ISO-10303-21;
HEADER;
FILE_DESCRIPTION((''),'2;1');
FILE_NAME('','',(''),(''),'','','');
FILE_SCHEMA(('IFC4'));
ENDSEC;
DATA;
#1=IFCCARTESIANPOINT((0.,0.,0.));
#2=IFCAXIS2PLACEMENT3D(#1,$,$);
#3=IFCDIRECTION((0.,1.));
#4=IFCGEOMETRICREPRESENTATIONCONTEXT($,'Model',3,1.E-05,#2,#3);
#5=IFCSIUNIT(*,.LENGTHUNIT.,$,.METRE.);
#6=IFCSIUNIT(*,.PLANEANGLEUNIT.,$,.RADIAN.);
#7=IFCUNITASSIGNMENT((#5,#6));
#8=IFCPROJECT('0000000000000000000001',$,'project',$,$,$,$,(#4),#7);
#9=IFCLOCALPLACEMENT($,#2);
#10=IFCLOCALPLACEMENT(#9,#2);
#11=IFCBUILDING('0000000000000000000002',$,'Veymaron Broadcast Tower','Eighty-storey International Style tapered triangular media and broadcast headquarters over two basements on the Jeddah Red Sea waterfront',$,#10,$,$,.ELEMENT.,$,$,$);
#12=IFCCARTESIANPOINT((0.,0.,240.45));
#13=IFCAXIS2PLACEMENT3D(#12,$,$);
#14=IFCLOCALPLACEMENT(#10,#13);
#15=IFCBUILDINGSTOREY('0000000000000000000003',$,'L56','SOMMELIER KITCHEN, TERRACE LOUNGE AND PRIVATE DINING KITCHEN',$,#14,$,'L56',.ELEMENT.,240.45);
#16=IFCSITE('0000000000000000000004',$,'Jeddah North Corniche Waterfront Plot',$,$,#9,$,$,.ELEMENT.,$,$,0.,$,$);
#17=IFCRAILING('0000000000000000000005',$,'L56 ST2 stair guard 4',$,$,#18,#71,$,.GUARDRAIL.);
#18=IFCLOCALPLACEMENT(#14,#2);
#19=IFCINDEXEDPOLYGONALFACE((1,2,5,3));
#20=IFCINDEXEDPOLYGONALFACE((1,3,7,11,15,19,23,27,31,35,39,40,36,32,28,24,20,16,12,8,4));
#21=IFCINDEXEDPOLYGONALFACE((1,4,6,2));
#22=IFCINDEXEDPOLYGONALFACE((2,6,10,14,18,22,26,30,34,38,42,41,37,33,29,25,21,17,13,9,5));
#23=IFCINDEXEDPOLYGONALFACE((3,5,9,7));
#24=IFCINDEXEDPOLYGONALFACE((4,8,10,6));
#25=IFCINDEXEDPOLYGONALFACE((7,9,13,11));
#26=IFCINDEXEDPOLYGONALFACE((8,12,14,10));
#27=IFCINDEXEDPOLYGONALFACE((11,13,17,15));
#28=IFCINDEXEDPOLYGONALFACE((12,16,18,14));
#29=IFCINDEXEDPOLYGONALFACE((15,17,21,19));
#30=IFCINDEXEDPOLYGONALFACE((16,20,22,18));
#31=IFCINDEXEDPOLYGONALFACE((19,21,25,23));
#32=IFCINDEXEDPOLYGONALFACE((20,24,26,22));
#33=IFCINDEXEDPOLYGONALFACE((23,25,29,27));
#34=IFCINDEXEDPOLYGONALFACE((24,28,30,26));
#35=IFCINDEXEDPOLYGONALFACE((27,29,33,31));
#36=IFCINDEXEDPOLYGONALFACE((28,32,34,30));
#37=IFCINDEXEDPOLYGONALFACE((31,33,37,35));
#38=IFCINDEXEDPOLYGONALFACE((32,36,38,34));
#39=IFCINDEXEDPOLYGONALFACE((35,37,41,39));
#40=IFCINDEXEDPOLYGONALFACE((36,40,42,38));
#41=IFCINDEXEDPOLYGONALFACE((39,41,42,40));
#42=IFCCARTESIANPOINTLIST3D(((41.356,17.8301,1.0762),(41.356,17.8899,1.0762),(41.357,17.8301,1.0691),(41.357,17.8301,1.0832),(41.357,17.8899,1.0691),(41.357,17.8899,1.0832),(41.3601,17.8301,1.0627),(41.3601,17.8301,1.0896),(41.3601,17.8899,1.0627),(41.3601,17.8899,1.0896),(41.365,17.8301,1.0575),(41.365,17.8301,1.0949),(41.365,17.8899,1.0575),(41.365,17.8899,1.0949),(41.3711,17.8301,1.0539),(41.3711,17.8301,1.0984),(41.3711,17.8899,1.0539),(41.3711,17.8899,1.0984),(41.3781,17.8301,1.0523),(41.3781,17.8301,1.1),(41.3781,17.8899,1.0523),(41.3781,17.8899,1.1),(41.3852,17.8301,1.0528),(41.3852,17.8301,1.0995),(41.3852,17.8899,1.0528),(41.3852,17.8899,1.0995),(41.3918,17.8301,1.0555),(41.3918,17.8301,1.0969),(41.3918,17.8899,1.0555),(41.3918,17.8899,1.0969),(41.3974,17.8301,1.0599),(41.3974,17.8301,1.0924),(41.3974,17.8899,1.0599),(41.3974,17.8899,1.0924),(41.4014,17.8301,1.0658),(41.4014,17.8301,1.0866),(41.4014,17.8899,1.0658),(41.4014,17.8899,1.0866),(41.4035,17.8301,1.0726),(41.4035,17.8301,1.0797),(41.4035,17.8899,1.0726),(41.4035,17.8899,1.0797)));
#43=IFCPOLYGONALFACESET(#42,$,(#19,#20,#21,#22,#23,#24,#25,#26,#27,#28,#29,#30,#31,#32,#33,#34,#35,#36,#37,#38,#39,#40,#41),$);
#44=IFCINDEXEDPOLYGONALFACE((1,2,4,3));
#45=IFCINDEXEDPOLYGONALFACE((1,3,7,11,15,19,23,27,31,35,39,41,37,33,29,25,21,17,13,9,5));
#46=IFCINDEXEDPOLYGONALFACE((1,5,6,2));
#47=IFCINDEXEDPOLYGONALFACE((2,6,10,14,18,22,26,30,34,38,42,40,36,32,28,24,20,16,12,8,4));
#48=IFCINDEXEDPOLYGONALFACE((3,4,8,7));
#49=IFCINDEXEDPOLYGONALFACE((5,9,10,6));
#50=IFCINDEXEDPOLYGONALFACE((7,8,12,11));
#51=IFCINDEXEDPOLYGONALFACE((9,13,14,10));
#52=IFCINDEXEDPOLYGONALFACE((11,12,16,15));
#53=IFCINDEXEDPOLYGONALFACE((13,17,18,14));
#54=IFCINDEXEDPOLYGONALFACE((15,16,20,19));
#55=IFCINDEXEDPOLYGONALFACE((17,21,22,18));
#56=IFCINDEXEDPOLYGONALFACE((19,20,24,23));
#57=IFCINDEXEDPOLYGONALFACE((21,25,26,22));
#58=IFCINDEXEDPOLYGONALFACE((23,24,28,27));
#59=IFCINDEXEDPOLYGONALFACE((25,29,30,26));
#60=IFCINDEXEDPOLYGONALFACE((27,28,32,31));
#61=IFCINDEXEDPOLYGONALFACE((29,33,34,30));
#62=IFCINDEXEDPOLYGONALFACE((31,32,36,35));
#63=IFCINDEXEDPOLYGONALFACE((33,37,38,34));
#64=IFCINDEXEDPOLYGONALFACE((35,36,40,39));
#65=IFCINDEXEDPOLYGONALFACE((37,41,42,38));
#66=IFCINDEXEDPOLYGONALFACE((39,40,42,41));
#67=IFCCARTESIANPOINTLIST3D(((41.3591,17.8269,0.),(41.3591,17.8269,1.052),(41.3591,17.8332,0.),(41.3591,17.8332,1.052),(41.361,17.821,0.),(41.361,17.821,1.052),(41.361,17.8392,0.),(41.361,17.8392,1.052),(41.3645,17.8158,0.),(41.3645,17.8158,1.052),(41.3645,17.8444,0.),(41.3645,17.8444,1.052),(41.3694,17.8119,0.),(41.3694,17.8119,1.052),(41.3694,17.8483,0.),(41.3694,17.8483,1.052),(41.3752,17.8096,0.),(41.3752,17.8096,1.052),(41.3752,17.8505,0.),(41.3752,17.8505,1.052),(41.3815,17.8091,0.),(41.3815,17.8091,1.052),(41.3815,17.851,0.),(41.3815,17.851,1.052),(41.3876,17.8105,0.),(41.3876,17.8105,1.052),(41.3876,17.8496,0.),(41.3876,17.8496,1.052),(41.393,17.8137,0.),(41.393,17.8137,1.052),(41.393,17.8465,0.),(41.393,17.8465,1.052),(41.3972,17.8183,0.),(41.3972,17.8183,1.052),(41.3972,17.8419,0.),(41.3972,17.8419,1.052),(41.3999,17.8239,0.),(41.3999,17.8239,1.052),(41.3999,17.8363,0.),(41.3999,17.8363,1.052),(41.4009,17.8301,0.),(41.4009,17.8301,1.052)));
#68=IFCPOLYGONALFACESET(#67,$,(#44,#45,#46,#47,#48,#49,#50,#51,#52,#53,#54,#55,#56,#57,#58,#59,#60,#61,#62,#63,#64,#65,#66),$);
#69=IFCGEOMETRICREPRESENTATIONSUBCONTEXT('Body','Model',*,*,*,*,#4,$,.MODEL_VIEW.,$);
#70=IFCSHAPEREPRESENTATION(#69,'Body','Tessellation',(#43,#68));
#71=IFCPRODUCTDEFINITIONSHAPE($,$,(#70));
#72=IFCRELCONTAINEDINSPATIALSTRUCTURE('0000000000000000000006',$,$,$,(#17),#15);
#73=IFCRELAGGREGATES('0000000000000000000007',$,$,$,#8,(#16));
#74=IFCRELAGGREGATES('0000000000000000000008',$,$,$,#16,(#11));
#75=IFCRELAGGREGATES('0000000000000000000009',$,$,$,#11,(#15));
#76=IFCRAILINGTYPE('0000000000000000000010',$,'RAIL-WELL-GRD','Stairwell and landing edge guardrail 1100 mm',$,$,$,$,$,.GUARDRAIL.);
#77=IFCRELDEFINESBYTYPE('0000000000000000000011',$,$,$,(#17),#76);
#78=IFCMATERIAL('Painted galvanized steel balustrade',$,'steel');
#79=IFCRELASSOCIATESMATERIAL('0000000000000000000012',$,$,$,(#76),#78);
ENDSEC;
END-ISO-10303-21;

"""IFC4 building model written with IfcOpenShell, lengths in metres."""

from ifc_helpers import new_model, si_unit, direction, frame, origin, origin_2d, place, context, subcontext, project, spatial, circle, extrude, material, type_object, element, save


model = new_model("IFC4")

# Units and contexts
model_context = context("Model", 3, precision=1e-05, world=origin(), true_north=direction((0.0, 1.0)))
body_context = subcontext(model_context, "Body", "Model", "MODEL_VIEW")
ifc_project = project(units=[si_unit("LENGTHUNIT", "METRE"), si_unit("PLANEANGLEUNIT", "RADIAN")], contexts=[model_context])

# Site, building, storey
site_placement = place(None, origin())
site = spatial("IfcSite", under=ifc_project, at=site_placement, Name="Jeddah North Corniche Waterfront Plot", CompositionType="ELEMENT", RefElevation=0.0)
building_placement = place(site_placement, origin())
building = spatial("IfcBuilding", under=site, at=building_placement, Name="Veymaron Broadcast Tower", Description="Eighty-storey International Style tapered triangular media and broadcast headquarters over two basements on the Jeddah Red Sea waterfront", CompositionType="ELEMENT")
storey_placement = place(building_placement, frame((0.0, 0.0, 240.45)))
storey = spatial("IfcBuildingStorey", under=building, at=storey_placement, Name="L56", Description="SOMMELIER KITCHEN, TERRACE LOUNGE AND PRIVATE DINING KITCHEN", LongName="L56", CompositionType="ELEMENT", Elevation=240.45)

# Railing
ifc_material_1 = material(Name="Painted galvanized steel balustrade", Category="steel")
railing_type_1 = type_object("IfcRailingType", Name="RAIL-WELL-GRD", Description="Stairwell and landing edge guardrail 1100 mm", PredefinedType="GUARDRAIL", material=ifc_material_1)
railing_1_placement = place(storey_placement, frame((41.3799, 17.8301, 0.0)))
element("IfcRailing", 1, at=railing_1_placement, inside=storey, type_object=railing_type_1, Name="L56 ST2 stair guard 4", PredefinedType="GUARDRAIL", context=body_context, shape_type="SweptSolid", body=[
    extrude(circle(Radius=0.0239, at=origin_2d()), frame((0.0, 0.0, 1.0762), z_axis=(0.0, 1.0, 0.0), x_axis=(-1.0, 0.0, 0.0)), (0.0, 0.0, 1.0), 0.0598),
    extrude(circle(Radius=0.021, at=origin_2d()), origin(), (0.0, 0.0, 1.0), 1.052),
])

save(model, "model.ifc")
